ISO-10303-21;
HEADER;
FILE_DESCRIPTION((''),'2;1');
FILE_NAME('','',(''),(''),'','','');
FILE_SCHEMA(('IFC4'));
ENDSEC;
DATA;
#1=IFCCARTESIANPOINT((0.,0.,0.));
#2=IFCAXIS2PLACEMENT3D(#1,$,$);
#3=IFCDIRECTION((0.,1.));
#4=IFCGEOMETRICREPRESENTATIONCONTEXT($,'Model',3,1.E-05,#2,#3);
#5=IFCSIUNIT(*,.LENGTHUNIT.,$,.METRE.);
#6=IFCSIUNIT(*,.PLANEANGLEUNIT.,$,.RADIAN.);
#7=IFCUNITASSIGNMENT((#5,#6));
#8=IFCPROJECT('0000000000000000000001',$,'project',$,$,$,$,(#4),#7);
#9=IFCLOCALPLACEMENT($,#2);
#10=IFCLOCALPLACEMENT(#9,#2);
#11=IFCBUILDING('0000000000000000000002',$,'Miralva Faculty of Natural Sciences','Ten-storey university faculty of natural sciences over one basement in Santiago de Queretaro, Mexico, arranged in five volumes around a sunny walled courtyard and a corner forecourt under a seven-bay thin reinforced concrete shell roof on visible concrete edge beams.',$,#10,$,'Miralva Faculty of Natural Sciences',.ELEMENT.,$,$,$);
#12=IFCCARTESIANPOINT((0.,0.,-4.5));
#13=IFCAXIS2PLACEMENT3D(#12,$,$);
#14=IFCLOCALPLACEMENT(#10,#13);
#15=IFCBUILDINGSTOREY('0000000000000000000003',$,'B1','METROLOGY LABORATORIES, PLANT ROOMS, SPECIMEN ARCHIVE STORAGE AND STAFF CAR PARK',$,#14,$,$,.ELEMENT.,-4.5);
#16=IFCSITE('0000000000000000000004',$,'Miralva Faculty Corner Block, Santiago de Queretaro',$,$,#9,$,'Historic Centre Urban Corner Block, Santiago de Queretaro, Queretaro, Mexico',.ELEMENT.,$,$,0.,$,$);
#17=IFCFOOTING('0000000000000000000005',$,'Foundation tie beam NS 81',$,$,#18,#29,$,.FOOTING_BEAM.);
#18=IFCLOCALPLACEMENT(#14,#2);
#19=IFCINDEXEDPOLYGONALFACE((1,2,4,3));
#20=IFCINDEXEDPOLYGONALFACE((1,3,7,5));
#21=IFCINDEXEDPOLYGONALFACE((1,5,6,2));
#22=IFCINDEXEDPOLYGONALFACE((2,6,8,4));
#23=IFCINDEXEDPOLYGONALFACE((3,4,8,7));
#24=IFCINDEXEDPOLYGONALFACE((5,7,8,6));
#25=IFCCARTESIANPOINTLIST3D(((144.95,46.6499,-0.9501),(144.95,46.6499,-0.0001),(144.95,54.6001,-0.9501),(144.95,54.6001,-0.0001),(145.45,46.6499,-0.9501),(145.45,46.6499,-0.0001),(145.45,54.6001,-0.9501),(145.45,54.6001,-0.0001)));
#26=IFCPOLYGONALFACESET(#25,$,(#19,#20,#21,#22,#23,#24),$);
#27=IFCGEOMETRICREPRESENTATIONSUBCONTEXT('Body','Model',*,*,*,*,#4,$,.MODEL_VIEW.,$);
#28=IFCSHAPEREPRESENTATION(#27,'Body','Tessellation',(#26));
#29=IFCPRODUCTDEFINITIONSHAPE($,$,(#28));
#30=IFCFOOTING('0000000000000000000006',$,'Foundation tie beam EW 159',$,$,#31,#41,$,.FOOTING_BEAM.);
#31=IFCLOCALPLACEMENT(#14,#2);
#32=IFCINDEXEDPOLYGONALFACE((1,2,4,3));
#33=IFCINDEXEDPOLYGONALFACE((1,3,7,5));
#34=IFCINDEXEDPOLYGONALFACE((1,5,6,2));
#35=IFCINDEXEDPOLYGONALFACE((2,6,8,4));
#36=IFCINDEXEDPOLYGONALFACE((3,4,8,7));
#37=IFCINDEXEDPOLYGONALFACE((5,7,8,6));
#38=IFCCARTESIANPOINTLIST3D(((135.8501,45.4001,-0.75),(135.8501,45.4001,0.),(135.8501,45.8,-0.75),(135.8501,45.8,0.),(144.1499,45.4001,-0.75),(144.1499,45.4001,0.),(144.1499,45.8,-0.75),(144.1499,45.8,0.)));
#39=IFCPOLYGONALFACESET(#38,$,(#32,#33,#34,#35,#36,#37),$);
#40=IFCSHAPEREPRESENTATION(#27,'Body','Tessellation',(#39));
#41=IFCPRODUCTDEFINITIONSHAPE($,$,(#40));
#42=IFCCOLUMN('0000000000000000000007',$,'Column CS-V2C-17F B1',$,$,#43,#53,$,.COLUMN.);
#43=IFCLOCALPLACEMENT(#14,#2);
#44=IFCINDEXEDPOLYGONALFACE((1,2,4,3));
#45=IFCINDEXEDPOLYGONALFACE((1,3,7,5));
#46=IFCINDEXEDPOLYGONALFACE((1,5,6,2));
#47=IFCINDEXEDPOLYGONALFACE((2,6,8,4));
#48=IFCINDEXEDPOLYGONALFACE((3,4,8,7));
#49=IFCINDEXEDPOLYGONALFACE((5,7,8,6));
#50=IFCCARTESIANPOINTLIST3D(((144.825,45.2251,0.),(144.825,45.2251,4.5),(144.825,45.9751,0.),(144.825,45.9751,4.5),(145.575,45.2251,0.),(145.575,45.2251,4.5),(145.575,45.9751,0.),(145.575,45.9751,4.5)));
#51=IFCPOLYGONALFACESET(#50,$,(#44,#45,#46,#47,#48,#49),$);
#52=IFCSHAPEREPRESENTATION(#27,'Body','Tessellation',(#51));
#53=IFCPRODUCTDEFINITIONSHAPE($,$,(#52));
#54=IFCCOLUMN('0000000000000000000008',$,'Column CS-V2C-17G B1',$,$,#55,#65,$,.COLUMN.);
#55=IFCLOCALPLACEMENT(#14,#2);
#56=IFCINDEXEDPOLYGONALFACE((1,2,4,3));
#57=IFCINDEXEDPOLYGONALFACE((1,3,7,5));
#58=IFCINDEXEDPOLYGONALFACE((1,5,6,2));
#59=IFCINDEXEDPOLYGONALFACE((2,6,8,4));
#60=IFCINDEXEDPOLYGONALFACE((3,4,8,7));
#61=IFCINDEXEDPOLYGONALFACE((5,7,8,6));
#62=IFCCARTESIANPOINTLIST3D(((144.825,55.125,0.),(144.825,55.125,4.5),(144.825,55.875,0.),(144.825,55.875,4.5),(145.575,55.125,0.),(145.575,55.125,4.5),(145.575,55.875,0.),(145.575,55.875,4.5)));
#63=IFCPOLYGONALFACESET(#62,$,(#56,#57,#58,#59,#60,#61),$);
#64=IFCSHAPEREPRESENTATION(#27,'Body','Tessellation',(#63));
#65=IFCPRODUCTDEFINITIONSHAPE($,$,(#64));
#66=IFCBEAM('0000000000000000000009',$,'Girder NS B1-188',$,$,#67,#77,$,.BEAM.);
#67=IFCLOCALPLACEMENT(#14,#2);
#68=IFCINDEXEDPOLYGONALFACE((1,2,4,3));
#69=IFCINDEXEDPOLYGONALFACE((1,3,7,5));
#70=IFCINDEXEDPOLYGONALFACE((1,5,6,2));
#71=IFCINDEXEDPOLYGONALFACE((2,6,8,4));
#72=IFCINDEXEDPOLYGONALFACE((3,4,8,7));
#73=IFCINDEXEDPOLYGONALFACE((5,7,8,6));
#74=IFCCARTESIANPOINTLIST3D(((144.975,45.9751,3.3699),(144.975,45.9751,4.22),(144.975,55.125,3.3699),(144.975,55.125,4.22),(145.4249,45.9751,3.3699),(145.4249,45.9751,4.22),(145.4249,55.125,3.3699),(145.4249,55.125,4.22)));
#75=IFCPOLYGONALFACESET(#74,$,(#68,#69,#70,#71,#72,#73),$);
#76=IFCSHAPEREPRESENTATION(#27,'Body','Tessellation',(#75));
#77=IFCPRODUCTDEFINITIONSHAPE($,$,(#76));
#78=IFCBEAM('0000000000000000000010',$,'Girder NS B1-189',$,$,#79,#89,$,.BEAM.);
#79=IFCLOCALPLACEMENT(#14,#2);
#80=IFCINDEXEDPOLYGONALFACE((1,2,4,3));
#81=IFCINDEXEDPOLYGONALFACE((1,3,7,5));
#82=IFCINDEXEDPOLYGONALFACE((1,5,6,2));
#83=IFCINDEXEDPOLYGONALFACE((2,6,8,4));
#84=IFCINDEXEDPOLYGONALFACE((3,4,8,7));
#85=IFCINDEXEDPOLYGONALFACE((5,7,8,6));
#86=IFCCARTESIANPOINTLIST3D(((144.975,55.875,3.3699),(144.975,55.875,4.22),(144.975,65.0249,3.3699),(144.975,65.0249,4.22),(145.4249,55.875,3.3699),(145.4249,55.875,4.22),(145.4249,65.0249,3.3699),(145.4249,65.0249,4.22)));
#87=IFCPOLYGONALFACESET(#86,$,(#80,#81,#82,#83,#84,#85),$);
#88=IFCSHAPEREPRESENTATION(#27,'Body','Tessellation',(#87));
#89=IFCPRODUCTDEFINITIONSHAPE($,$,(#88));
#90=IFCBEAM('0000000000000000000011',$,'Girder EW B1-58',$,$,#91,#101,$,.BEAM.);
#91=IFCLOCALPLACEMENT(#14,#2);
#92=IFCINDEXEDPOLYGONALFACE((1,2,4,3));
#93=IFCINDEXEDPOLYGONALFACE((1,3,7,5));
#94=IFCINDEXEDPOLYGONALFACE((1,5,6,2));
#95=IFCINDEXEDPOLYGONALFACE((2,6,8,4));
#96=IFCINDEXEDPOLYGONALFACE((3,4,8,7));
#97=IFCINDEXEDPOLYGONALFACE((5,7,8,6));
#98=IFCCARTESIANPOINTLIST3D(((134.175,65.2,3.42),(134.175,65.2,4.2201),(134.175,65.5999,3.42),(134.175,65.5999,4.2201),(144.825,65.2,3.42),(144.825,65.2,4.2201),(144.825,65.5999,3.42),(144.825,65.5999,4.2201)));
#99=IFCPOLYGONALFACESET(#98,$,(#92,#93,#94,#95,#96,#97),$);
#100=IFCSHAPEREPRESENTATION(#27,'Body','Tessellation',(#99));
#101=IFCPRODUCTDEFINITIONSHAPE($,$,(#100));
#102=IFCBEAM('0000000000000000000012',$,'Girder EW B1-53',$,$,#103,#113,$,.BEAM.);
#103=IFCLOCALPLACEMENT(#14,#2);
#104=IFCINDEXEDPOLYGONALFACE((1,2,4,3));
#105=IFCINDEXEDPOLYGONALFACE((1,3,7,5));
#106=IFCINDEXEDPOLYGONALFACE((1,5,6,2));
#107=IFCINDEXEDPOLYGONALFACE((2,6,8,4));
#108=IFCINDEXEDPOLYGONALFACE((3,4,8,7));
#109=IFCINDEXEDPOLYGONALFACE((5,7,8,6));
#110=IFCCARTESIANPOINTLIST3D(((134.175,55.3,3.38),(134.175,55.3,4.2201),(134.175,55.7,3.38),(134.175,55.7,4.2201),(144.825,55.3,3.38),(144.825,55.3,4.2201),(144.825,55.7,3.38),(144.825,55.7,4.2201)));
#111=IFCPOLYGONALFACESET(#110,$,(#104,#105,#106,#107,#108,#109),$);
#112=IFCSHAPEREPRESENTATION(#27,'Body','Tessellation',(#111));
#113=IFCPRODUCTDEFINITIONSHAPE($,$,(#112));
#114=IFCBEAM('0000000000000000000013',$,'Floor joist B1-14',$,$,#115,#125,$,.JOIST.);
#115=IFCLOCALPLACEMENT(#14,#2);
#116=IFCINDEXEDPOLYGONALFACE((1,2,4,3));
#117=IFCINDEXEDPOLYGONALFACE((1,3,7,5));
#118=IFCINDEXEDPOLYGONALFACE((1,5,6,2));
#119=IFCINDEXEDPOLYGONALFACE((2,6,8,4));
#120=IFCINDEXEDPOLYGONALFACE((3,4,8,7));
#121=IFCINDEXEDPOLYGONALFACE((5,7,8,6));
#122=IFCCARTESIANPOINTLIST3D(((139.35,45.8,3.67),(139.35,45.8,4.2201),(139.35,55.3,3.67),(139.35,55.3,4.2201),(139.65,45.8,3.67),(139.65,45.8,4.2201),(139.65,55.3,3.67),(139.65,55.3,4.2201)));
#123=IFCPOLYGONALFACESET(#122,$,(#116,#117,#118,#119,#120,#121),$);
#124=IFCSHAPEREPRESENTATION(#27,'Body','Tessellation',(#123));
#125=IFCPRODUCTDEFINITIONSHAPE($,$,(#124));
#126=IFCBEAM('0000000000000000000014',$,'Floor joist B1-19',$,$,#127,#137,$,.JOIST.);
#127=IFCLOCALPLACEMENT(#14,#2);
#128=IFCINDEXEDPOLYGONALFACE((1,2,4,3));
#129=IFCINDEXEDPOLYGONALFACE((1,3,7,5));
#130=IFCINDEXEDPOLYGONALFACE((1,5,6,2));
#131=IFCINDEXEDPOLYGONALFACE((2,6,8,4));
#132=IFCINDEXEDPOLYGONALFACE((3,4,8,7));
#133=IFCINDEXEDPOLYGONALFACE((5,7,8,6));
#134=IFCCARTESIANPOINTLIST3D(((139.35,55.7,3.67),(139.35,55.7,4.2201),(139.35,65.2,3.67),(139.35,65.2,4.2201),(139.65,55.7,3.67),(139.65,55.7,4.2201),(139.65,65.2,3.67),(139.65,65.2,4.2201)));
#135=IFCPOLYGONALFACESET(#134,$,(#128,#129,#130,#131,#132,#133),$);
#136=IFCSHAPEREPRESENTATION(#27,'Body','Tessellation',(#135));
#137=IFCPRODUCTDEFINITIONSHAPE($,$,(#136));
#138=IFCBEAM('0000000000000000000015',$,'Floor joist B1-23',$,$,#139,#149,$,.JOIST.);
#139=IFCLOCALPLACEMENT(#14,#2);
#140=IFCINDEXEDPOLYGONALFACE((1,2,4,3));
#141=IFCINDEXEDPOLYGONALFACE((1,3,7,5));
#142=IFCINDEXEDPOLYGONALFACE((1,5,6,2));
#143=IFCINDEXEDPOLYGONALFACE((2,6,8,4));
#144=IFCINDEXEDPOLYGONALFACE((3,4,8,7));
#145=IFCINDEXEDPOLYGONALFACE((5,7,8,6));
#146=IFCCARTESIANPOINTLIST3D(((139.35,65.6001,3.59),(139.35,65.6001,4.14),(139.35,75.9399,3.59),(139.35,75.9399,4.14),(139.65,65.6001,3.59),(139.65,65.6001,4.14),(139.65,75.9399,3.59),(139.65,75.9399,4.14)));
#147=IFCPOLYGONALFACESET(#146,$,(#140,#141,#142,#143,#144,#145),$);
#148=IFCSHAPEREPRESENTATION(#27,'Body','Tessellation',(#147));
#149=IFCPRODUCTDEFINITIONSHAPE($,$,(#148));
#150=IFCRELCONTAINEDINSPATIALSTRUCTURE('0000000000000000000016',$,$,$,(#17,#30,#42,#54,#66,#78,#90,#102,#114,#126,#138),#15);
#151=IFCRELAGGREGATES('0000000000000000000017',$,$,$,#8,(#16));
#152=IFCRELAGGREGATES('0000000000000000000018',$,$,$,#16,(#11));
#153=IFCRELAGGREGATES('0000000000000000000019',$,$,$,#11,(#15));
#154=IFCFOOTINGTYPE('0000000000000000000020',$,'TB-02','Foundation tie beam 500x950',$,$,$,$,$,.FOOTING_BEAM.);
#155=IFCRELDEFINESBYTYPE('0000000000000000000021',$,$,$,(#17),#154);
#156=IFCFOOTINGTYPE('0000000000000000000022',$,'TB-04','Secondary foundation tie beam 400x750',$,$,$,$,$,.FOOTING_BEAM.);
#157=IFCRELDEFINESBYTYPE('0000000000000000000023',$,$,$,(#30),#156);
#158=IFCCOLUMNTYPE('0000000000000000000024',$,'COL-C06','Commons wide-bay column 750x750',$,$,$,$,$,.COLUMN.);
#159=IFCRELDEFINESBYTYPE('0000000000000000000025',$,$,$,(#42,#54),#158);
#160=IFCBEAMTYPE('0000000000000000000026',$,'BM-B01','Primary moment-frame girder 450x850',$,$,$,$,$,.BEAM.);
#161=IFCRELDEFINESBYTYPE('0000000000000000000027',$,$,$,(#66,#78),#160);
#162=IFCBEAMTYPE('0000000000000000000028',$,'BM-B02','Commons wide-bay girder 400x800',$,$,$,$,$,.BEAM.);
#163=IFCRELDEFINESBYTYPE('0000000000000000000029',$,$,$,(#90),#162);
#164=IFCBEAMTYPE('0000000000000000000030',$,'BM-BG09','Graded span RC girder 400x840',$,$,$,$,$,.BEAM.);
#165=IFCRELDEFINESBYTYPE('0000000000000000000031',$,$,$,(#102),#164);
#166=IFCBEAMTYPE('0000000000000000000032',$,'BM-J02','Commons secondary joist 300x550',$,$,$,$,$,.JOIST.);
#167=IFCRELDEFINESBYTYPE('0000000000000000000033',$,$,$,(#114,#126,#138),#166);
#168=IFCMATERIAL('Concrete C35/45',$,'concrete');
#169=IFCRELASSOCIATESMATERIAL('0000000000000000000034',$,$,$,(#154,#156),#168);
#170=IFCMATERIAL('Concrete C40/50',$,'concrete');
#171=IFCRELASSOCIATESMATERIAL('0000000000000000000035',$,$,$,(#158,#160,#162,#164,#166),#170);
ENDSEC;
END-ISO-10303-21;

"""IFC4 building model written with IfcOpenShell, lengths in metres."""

from ifc_helpers import new_model, si_unit, direction, frame, origin, origin_2d, place, context, subcontext, project, spatial, rectangle, extrude, material, material_profile, profile_set, type_object, element, save


model = new_model("IFC4")

# Units and contexts
model_context = context("Model", 3, precision=1e-05, world=origin(), true_north=direction((0.0, 1.0)))
body_context = subcontext(model_context, "Body", "Model", "MODEL_VIEW")
ifc_project = project(units=[si_unit("LENGTHUNIT", "METRE"), si_unit("PLANEANGLEUNIT", "RADIAN")], contexts=[model_context])

# Site, building, storey
site_placement = place(None, origin())
site = spatial("IfcSite", under=ifc_project, at=site_placement, Name="Miralva Faculty Corner Block, Santiago de Queretaro", LongName="Historic Centre Urban Corner Block, Santiago de Queretaro, Queretaro, Mexico", CompositionType="ELEMENT", RefElevation=0.0)
building_placement = place(site_placement, origin())
building = spatial("IfcBuilding", under=site, at=building_placement, Name="Miralva Faculty of Natural Sciences", Description="Ten-storey university faculty of natural sciences over one basement in Santiago de Queretaro, Mexico, arranged in five volumes around a sunny walled courtyard and a corner forecourt under a seven-bay thin reinforced concrete shell roof on visible concrete edge beams.", LongName="Miralva Faculty of Natural Sciences", CompositionType="ELEMENT")
storey_placement = place(building_placement, frame((0.0, 0.0, -4.5)))
storey = spatial("IfcBuildingStorey", under=building, at=storey_placement, Name="B1", Description="METROLOGY LABORATORIES, PLANT ROOMS, SPECIMEN ARCHIVE STORAGE AND STAFF CAR PARK", CompositionType="ELEMENT", Elevation=-4.5)

# Shared definitions
ifc_material_1 = material(Name="Concrete C35/45", Category="concrete")

# Footings
ifc_material_profile_1 = material_profile(ifc_material_1, rectangle(XDim=0.5, YDim=0.95, at=origin_2d()), Name="RC 500x950")
ifc_profile_set_1 = profile_set([ifc_material_profile_1], Name="Concrete C35/45")
footing_type_1 = type_object("IfcFootingType", Name="TB-02", Description="Foundation tie beam 500x950", PredefinedType="FOOTING_BEAM", material=ifc_profile_set_1)
footing_1_placement = place(storey_placement, frame((145.2, 46.6499, -0.4751), z_axis=(0.0, 1.0, 0.0), x_axis=(-1.0, 0.0, 0.0)))
element("IfcFooting", 1, at=footing_1_placement, inside=storey, type_object=footing_type_1, Name="Foundation tie beam NS 81", PredefinedType="FOOTING_BEAM", context=body_context, shape_type="SweptSolid", body=[
    extrude(rectangle(XDim=0.5, YDim=0.95, at=origin_2d()), origin(), (0.0, 0.0, 1.0), 7.9502),
])
ifc_material_profile_2 = material_profile(ifc_material_1, rectangle(XDim=0.3999, YDim=0.75, at=origin_2d()), Name="RC 400x750")
ifc_profile_set_2 = profile_set([ifc_material_profile_2], Name="Concrete C35/45")
footing_type_2 = type_object("IfcFootingType", Name="TB-04", Description="Secondary foundation tie beam 400x750", PredefinedType="FOOTING_BEAM", material=ifc_profile_set_2)
footing_2_placement = place(storey_placement, frame((135.8501, 45.6001, -0.375), z_axis=(1.0, 0.0, 0.0), x_axis=(0.0, 1.0, 0.0)))
element("IfcFooting", 2, at=footing_2_placement, inside=storey, type_object=footing_type_2, Name="Foundation tie beam EW 159", PredefinedType="FOOTING_BEAM", context=body_context, shape_type="SweptSolid", body=[
    extrude(rectangle(XDim=0.3999, YDim=0.75, at=origin_2d()), origin(), (0.0, 0.0, 1.0), 8.2998),
])

# Columns
ifc_material_2 = material(Name="Concrete C40/50", Category="concrete")
ifc_material_profile_3 = material_profile(ifc_material_2, rectangle(XDim=0.75, YDim=0.75, at=origin_2d()), Name="RC 750x750")
ifc_profile_set_3 = profile_set([ifc_material_profile_3], Name="Concrete C40/50")
column_type = type_object("IfcColumnType", Name="COL-C06", Description="Commons wide-bay column 750x750", PredefinedType="COLUMN", material=ifc_profile_set_3)
for number, where, z_axis, x_axis, name in (
    (3, (145.2, 45.6001, 0.0), (0.0, 0.0, 1.0), (1.0, 0.0, 0.0), "Column CS-V2C-17F B1"),
    (4, (145.2, 55.5, 0.0), (0.0, 0.0, 1.0), (1.0, 0.0, 0.0), "Column CS-V2C-17G B1"),
):
    element("IfcColumn", number, at=place(storey_placement, frame(where, z_axis=z_axis, x_axis=x_axis)), inside=storey, type_object=column_type, Name=name, PredefinedType="COLUMN", context=body_context, shape_type="SweptSolid", body=[
        extrude(rectangle(XDim=0.75, YDim=0.75, at=origin_2d()), origin(), (0.0, 0.0, 1.0), 4.5),
    ])

# Beams
ifc_material_profile_4 = material_profile(ifc_material_2, rectangle(XDim=0.45, YDim=0.8501, at=origin_2d()), Name="RC 450x850")
ifc_profile_set_4 = profile_set([ifc_material_profile_4], Name="Concrete C40/50")
beam_type_1 = type_object("IfcBeamType", Name="BM-B01", Description="Primary moment-frame girder 450x850", PredefinedType="BEAM", material=ifc_profile_set_4)
for number, where, z_axis, x_axis, name in (
    (5, (145.2, 45.9751, 3.7949), (0.0, 1.0, 0.0), (-1.0, 0.0, 0.0), "Girder NS B1-188"),
    (6, (145.2, 55.875, 3.7949), (0.0, 1.0, 0.0), (-1.0, 0.0, 0.0), "Girder NS B1-189"),
):
    element("IfcBeam", number, at=place(storey_placement, frame(where, z_axis=z_axis, x_axis=x_axis)), inside=storey, type_object=beam_type_1, Name=name, PredefinedType="BEAM", context=body_context, shape_type="SweptSolid", body=[
        extrude(rectangle(XDim=0.45, YDim=0.8501, at=origin_2d()), origin(), (0.0, 0.0, 1.0), 9.1499),
    ])
ifc_material_profile_5 = material_profile(ifc_material_2, rectangle(XDim=0.3999, YDim=0.8, at=origin_2d()), Name="RC 400x800")
ifc_profile_set_5 = profile_set([ifc_material_profile_5], Name="Concrete C40/50")
beam_type_2 = type_object("IfcBeamType", Name="BM-B02", Description="Commons wide-bay girder 400x800", PredefinedType="BEAM", material=ifc_profile_set_5)
beam_1_placement = place(storey_placement, frame((134.175, 65.3999, 3.8201), z_axis=(1.0, 0.0, 0.0), x_axis=(0.0, 1.0, 0.0)))
element("IfcBeam", 7, at=beam_1_placement, inside=storey, type_object=beam_type_2, Name="Girder EW B1-58", PredefinedType="BEAM", context=body_context, shape_type="SweptSolid", body=[
    extrude(rectangle(XDim=0.3999, YDim=0.8, at=origin_2d()), origin(), (0.0, 0.0, 1.0), 10.6499),
])
ifc_material_profile_6 = material_profile(ifc_material_2, rectangle(XDim=0.3999, YDim=0.8401, at=origin_2d()), Name="RC 400x840")
ifc_profile_set_6 = profile_set([ifc_material_profile_6], Name="Concrete C40/50")
beam_type_3 = type_object("IfcBeamType", Name="BM-BG09", Description="Graded span RC girder 400x840", PredefinedType="BEAM", material=ifc_profile_set_6)
beam_2_placement = place(storey_placement, frame((134.175, 55.5, 3.8), z_axis=(1.0, 0.0, 0.0), x_axis=(0.0, 1.0, 0.0)))
element("IfcBeam", 8, at=beam_2_placement, inside=storey, type_object=beam_type_3, Name="Girder EW B1-53", PredefinedType="BEAM", context=body_context, shape_type="SweptSolid", body=[
    extrude(rectangle(XDim=0.3999, YDim=0.8401, at=origin_2d()), origin(), (0.0, 0.0, 1.0), 10.6499),
])
ifc_material_profile_7 = material_profile(ifc_material_2, rectangle(XDim=0.3, YDim=0.55, at=origin_2d()), Name="RC 300x550")
ifc_profile_set_7 = profile_set([ifc_material_profile_7], Name="Concrete C40/50")
beam_type_4 = type_object("IfcBeamType", Name="BM-J02", Description="Commons secondary joist 300x550", PredefinedType="JOIST", material=ifc_profile_set_7)
for number, where, z_axis, x_axis, name in (
    (9, (139.5, 45.8, 3.9451), (0.0, 1.0, 0.0), (-1.0, 0.0, 0.0), "Floor joist B1-14"),
    (10, (139.5, 55.7, 3.9451), (0.0, 1.0, 0.0), (-1.0, 0.0, 0.0), "Floor joist B1-19"),
):
    element("IfcBeam", number, at=place(storey_placement, frame(where, z_axis=z_axis, x_axis=x_axis)), inside=storey, type_object=beam_type_4, Name=name, PredefinedType="JOIST", context=body_context, shape_type="SweptSolid", body=[
        extrude(rectangle(XDim=0.3, YDim=0.55, at=origin_2d()), origin(), (0.0, 0.0, 1.0), 9.5),
    ])
beam_3_placement = place(storey_placement, frame((139.5, 65.6001, 3.865), z_axis=(0.0, 1.0, 0.0), x_axis=(-1.0, 0.0, 0.0)))
element("IfcBeam", 11, at=beam_3_placement, inside=storey, type_object=beam_type_4, Name="Floor joist B1-23", PredefinedType="JOIST", context=body_context, shape_type="SweptSolid", body=[
    extrude(rectangle(XDim=0.3, YDim=0.55, at=origin_2d()), origin(), (0.0, 0.0, 1.0), 10.3398),
])

save(model, "model.ifc")
